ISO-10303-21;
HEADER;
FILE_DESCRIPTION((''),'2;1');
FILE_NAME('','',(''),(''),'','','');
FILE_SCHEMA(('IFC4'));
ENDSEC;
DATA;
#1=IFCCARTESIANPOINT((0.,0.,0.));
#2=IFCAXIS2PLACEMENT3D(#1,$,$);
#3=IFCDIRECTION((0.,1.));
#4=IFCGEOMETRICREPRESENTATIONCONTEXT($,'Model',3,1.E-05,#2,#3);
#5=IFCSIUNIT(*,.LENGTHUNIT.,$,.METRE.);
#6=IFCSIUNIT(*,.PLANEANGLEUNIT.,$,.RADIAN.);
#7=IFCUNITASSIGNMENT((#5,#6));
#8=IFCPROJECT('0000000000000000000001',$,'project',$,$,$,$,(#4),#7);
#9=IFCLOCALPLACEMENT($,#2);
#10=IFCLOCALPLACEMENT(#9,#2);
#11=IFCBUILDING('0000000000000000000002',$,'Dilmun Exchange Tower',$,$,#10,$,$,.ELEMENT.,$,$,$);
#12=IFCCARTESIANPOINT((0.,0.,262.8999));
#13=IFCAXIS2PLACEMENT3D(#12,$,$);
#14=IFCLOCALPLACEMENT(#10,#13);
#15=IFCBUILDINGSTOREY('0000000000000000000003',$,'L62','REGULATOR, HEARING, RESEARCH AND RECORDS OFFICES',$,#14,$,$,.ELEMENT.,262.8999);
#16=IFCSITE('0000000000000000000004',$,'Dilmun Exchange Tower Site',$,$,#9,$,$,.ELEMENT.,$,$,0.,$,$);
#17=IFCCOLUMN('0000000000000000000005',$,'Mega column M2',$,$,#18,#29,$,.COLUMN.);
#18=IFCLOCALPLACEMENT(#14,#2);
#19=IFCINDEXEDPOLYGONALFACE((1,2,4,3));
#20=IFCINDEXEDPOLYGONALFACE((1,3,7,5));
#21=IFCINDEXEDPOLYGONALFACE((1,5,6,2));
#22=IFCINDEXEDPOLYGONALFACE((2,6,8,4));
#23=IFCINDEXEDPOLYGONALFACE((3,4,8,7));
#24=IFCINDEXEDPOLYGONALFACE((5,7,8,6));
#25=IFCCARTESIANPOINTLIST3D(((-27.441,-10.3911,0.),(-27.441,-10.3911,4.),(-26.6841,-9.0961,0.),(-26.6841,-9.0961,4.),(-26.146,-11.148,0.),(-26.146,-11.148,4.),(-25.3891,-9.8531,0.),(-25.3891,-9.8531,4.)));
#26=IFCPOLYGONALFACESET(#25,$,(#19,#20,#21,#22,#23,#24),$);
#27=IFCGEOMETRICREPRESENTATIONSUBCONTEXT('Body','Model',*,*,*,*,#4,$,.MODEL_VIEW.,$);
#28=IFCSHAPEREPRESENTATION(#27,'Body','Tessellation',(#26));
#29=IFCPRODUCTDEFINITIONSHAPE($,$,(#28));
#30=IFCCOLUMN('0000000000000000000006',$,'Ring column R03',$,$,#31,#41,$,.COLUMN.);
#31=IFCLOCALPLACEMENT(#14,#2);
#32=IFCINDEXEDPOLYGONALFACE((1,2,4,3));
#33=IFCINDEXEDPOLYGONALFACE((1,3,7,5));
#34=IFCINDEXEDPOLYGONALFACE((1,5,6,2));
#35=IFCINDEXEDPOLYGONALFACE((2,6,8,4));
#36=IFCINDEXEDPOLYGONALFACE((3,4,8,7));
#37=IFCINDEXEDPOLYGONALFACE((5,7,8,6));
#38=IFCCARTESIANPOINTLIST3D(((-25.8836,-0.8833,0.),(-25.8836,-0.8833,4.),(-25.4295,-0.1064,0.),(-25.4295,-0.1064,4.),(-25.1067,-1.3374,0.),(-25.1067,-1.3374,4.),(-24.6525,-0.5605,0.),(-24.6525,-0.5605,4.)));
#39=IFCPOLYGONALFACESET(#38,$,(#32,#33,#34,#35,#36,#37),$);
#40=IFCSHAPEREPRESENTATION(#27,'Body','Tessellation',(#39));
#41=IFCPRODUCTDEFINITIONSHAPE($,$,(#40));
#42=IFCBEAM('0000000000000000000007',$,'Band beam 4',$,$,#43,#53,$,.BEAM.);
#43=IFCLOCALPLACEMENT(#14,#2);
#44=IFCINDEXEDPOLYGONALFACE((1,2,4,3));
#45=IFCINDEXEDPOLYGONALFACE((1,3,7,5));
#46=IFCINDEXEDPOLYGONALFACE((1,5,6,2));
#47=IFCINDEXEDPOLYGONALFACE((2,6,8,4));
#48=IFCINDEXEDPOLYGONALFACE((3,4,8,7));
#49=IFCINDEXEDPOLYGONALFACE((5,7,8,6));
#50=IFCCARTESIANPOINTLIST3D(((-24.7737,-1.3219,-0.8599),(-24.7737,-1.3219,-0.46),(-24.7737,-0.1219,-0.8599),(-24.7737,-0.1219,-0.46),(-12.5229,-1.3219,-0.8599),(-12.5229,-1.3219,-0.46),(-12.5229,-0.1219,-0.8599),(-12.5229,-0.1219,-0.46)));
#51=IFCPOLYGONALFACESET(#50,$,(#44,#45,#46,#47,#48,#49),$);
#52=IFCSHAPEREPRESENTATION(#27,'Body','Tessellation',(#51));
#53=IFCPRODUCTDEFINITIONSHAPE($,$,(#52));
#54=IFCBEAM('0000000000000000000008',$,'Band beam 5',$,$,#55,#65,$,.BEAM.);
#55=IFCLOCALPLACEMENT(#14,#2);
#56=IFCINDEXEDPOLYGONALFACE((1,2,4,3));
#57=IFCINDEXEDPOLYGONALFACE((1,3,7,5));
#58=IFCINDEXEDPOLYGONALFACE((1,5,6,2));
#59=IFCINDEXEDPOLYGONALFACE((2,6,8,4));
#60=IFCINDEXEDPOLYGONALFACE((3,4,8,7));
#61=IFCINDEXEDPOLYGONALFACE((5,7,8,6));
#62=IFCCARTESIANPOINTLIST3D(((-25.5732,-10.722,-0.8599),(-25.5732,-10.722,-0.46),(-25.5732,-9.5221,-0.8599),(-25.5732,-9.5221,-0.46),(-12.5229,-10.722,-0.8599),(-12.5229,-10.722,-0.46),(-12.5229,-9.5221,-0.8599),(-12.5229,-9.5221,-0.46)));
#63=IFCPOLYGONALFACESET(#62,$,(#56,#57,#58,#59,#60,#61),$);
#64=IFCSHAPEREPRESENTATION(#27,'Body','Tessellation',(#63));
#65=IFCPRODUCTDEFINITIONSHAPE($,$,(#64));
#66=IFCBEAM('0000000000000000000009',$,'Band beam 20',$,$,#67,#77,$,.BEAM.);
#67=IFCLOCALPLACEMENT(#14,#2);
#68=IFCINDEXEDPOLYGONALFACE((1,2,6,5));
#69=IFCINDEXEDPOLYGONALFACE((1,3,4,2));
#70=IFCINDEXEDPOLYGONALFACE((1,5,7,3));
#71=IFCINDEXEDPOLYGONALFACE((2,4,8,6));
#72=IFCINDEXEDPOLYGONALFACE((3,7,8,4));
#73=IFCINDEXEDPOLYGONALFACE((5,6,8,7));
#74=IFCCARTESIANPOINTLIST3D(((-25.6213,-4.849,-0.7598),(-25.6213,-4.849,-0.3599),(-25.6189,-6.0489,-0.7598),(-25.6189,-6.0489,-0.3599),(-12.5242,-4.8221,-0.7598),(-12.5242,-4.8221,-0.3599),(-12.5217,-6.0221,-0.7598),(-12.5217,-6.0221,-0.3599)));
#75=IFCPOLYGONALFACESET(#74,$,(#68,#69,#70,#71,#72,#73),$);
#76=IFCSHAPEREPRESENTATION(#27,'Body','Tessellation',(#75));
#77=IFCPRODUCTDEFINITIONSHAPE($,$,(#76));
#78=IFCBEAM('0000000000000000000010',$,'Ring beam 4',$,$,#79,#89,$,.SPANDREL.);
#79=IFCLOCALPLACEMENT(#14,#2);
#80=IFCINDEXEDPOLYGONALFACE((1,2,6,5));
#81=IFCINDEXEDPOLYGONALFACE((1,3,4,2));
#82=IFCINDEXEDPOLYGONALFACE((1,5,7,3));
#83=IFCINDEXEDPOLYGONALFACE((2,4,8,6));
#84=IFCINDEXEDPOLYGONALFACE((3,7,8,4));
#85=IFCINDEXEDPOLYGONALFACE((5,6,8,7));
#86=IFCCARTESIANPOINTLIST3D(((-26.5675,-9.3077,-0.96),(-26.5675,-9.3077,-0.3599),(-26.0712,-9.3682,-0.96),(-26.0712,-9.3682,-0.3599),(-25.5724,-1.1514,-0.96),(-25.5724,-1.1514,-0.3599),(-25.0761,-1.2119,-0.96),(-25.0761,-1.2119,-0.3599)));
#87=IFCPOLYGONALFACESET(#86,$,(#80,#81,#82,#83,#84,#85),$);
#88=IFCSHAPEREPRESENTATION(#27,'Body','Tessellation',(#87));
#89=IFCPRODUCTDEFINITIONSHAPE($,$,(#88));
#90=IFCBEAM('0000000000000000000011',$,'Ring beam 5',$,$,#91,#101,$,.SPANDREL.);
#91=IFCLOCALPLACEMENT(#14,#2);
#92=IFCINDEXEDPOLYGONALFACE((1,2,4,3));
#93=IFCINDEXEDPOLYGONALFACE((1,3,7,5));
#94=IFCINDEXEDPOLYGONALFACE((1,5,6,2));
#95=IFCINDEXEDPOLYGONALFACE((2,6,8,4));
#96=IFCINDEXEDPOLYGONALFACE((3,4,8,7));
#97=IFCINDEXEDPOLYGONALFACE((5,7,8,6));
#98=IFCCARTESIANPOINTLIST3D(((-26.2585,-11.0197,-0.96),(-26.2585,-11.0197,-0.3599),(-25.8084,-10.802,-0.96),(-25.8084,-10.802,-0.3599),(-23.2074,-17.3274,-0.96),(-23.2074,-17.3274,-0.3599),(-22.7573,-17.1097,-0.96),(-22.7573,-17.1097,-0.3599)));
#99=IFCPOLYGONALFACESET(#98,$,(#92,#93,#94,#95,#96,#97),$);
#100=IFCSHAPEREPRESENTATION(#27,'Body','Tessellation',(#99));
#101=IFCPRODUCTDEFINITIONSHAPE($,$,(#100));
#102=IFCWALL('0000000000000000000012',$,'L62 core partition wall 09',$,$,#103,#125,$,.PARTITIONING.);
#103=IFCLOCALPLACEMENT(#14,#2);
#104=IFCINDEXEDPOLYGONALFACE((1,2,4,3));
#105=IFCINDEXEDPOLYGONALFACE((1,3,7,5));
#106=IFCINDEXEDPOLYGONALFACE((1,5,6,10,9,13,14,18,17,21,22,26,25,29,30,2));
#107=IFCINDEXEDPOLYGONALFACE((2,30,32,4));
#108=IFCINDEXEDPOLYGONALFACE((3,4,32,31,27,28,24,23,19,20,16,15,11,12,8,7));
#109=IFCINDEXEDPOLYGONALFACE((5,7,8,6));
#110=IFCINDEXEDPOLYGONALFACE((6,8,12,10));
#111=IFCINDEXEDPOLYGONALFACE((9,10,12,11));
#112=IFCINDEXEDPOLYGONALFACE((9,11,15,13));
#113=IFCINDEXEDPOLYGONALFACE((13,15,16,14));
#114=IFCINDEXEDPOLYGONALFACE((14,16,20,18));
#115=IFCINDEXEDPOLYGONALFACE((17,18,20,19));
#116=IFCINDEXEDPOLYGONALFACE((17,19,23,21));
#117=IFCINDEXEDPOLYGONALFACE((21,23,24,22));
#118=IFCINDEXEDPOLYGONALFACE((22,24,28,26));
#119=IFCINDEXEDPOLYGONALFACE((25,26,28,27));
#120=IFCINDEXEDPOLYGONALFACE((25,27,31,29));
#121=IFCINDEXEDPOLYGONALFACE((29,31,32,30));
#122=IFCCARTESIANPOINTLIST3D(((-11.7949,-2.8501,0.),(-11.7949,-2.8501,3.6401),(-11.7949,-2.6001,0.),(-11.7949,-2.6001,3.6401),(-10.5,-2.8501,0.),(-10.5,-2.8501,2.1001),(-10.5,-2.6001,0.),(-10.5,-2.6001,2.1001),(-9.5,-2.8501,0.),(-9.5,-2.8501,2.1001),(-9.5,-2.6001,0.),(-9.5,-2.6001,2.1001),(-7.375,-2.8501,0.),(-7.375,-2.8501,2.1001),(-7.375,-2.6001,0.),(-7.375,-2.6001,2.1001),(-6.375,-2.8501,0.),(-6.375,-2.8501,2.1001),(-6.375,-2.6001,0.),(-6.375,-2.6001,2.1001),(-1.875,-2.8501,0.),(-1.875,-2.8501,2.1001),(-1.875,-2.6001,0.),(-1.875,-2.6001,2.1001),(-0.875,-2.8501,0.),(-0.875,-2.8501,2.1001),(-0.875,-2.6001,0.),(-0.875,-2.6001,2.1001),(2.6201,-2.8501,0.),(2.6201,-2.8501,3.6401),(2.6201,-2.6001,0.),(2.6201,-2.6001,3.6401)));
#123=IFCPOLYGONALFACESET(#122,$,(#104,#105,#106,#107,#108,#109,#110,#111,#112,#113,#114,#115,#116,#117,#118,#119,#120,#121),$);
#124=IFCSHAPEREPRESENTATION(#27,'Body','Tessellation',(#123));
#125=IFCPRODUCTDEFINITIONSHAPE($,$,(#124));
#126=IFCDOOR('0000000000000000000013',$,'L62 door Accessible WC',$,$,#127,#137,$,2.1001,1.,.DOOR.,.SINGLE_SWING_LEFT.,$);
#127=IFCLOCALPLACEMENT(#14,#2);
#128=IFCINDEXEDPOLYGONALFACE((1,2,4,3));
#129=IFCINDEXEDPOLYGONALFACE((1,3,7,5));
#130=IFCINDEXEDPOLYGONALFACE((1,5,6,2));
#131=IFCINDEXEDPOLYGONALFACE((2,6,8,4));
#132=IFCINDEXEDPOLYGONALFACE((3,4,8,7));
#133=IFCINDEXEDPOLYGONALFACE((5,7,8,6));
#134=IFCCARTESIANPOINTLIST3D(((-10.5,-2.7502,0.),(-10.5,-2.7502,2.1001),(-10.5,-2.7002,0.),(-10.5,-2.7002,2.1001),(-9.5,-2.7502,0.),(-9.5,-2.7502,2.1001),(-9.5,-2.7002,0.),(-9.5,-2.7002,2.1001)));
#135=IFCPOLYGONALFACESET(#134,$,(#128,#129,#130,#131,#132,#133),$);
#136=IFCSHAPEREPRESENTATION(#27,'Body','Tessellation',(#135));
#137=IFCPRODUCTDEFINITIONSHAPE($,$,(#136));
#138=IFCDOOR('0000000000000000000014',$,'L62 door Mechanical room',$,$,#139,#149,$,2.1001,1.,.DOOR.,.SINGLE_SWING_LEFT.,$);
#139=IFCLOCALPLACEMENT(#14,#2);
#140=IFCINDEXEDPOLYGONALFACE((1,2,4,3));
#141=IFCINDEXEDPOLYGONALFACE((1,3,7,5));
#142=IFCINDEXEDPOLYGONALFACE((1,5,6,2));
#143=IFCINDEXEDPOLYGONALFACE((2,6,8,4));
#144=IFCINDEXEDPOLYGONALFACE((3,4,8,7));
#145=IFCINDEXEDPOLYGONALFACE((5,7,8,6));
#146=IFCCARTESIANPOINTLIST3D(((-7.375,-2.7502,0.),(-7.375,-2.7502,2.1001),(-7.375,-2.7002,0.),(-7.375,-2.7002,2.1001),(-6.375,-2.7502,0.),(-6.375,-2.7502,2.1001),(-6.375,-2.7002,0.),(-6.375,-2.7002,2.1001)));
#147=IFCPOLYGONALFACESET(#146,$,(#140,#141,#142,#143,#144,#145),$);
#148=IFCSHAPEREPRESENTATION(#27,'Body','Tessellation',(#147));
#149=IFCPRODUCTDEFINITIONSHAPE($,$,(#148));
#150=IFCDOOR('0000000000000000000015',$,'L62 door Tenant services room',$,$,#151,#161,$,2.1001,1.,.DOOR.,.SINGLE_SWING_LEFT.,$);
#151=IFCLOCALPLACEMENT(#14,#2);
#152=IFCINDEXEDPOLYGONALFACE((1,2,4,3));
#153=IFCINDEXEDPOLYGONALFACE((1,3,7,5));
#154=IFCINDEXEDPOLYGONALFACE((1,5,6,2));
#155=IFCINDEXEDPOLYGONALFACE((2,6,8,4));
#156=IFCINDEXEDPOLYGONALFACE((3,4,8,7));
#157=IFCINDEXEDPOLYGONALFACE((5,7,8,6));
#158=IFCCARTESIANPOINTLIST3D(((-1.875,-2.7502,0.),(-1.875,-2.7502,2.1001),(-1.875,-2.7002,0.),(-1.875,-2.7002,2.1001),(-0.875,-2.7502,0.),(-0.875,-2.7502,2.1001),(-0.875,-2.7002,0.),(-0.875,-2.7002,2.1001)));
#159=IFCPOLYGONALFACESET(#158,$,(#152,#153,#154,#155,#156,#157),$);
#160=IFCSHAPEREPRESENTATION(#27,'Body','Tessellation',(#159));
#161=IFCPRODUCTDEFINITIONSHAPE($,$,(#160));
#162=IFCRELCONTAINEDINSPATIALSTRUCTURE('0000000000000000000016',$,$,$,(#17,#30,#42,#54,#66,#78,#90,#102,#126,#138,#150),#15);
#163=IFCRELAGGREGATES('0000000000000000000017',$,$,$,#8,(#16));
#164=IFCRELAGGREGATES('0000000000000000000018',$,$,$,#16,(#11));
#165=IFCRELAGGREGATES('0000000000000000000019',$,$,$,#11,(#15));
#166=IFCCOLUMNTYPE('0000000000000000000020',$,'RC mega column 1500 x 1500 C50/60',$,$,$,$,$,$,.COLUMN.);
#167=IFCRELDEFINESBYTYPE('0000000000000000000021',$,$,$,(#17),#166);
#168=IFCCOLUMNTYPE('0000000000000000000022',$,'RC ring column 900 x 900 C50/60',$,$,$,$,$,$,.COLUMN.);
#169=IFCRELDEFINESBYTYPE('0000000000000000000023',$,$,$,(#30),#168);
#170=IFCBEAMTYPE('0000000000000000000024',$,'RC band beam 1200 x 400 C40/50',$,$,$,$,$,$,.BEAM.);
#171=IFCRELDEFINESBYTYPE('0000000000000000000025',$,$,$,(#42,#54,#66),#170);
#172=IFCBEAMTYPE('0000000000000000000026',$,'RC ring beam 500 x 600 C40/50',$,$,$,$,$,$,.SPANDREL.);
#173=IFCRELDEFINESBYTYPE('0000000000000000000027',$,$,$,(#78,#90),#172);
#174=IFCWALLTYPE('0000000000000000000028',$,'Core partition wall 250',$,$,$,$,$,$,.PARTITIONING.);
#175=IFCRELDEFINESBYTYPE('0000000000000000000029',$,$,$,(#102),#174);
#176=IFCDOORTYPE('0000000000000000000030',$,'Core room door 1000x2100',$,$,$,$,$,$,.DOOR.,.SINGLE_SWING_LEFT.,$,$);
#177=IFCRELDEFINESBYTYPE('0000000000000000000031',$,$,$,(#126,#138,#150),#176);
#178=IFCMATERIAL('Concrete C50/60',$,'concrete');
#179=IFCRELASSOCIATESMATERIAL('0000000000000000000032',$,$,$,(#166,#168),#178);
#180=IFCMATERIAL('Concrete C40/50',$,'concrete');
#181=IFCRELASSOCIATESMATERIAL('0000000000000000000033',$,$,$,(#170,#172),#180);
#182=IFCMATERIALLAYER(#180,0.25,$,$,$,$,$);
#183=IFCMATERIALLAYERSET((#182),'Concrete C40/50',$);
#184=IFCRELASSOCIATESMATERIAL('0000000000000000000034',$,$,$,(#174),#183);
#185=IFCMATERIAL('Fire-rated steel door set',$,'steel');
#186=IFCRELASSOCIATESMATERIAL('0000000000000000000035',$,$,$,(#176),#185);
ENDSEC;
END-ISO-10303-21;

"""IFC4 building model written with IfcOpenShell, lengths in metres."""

from ifc_helpers import new_model, si_unit, direction, frame, frame_2d, origin, origin_2d, place, context, subcontext, project, spatial, rectangle, extrude, material, layer, layer_set, material_profile, profile_set, type_object, element, fill, save


model = new_model("IFC4")

# Units and contexts
model_context = context("Model", 3, precision=1e-05, world=origin(), true_north=direction((0.0, 1.0)))
body_context = subcontext(model_context, "Body", "Model", "MODEL_VIEW")
ifc_project = project(units=[si_unit("LENGTHUNIT", "METRE"), si_unit("PLANEANGLEUNIT", "RADIAN")], contexts=[model_context])

# Site, building, storey
site_placement = place(None, origin())
site = spatial("IfcSite", under=ifc_project, at=site_placement, Name="Dilmun Exchange Tower Site", CompositionType="ELEMENT", RefElevation=0.0)
building_placement = place(site_placement, origin())
building = spatial("IfcBuilding", under=site, at=building_placement, Name="Dilmun Exchange Tower", CompositionType="ELEMENT")
storey_placement = place(building_placement, frame((0.0, 0.0, 262.8999)))
storey = spatial("IfcBuildingStorey", under=building, at=storey_placement, Name="L62", Description="REGULATOR, HEARING, RESEARCH AND RECORDS OFFICES", CompositionType="ELEMENT", Elevation=262.8999)

# Columns
ifc_material_1 = material(Name="Concrete C50/60", Category="concrete")
ifc_material_profile_1 = material_profile(ifc_material_1, rectangle(XDim=1.5, YDim=1.5, at=origin_2d()), Name="1500 x 1500")
ifc_profile_set_1 = profile_set([ifc_material_profile_1], Name="Concrete C50/60")
column_type_1 = type_object("IfcColumnType", Name="RC mega column 1500 x 1500 C50/60", PredefinedType="COLUMN", material=ifc_profile_set_1)
column_1_placement = place(storey_placement, frame((-26.415, -10.1221, 0.0), z_axis=(0.0, 0.0, 1.0), x_axis=(0.504644, 0.863328, 0.0)))
element("IfcColumn", 1, at=column_1_placement, inside=storey, type_object=column_type_1, Name="Mega column M2", PredefinedType="COLUMN", context=body_context, shape_type="SweptSolid", body=[
    extrude(rectangle(XDim=1.5, YDim=1.5, at=origin_2d()), origin(), (0.0, 0.0, 1.0), 4.0),
])
ifc_material_profile_2 = material_profile(ifc_material_1, rectangle(XDim=0.8999, YDim=0.8999, at=origin_2d()), Name="900 x 900")
ifc_profile_set_2 = profile_set([ifc_material_profile_2], Name="Concrete C50/60")
column_type_2 = type_object("IfcColumnType", Name="RC ring column 900 x 900 C50/60", PredefinedType="COLUMN", material=ifc_profile_set_2)
column_2_placement = place(storey_placement, frame((-25.2681, -0.7219, 0.0), z_axis=(0.0, 0.0, 1.0), x_axis=(0.504644, 0.863328, 0.0)))
element("IfcColumn", 2, at=column_2_placement, inside=storey, type_object=column_type_2, Name="Ring column R03", PredefinedType="COLUMN", context=body_context, shape_type="SweptSolid", body=[
    extrude(rectangle(XDim=0.8999, YDim=0.8999, at=origin_2d()), origin(), (0.0, 0.0, 1.0), 4.0),
])

# Beams
ifc_material_2 = material(Name="Concrete C40/50", Category="concrete")
ifc_material_profile_3 = material_profile(ifc_material_2, rectangle(XDim=1.2, YDim=0.3999, at=origin_2d()), Name="1200 x 400")
ifc_profile_set_3 = profile_set([ifc_material_profile_3], Name="Concrete C40/50")
beam_type_1 = type_object("IfcBeamType", Name="RC band beam 1200 x 400 C40/50", PredefinedType="BEAM", material=ifc_profile_set_3)
beam_1_placement = place(storey_placement, frame((-24.7737, -0.7219, -0.6599), z_axis=(1.0, 0.0, 0.0), x_axis=(0.0, 1.0, 0.0)))
element("IfcBeam", 3, at=beam_1_placement, inside=storey, type_object=beam_type_1, Name="Band beam 4", PredefinedType="BEAM", context=body_context, shape_type="SweptSolid", body=[
    extrude(rectangle(XDim=1.2, YDim=0.3999, at=origin_2d()), origin(), (0.0, 0.0, 1.0), 12.2507),
])
beam_2_placement = place(storey_placement, frame((-25.5732, -10.1221, -0.6599), z_axis=(1.0, 0.0, 0.0), x_axis=(0.0, 1.0, 0.0)))
element("IfcBeam", 4, at=beam_2_placement, inside=storey, type_object=beam_type_1, Name="Band beam 5", PredefinedType="BEAM", context=body_context, shape_type="SweptSolid", body=[
    extrude(rectangle(XDim=1.2, YDim=0.3999, at=origin_2d()), origin(), (0.0, 0.0, 1.0), 13.0503),
])
beam_3_placement = place(storey_placement, frame((-25.6201, -5.449, -0.5598), z_axis=(0.999998, 0.00205, 0.0), x_axis=(-0.00205, 0.999998, 0.0)))
element("IfcBeam", 5, at=beam_3_placement, inside=storey, type_object=beam_type_1, Name="Band beam 20", PredefinedType="BEAM", context=body_context, shape_type="SweptSolid", body=[
    extrude(rectangle(XDim=1.2, YDim=0.3999, at=origin_2d()), origin(), (0.0, 0.0, 1.0), 13.0972),
])
ifc_material_profile_4 = material_profile(ifc_material_2, rectangle(XDim=0.5, YDim=0.6001, at=origin_2d()), Name="500 x 600")
ifc_profile_set_4 = profile_set([ifc_material_profile_4], Name="Concrete C40/50")
beam_type_2 = type_object("IfcBeamType", Name="RC ring beam 500 x 600 C40/50", PredefinedType="SPANDREL", material=ifc_profile_set_4)
beam_4_placement = place(storey_placement, frame((-25.3242, -1.1816, -0.6599), z_axis=(-0.121109, -0.992639, 0.0), x_axis=(0.992639, -0.121109, 0.0)))
element("IfcBeam", 6, at=beam_4_placement, inside=storey, type_object=beam_type_2, Name="Ring beam 4", PredefinedType="SPANDREL", context=body_context, shape_type="SweptSolid", body=[
    extrude(rectangle(XDim=0.5, YDim=0.6001, at=origin_2d()), origin(), (0.0, 0.0, 1.0), 8.2168),
])
beam_5_placement = place(storey_placement, frame((-26.0334, -10.9109, -0.6599), z_axis=(0.43544, -0.900218, 0.0), x_axis=(0.900218, 0.43544, 0.0)))
element("IfcBeam", 7, at=beam_5_placement, inside=storey, type_object=beam_type_2, Name="Ring beam 5", PredefinedType="SPANDREL", context=body_context, shape_type="SweptSolid", body=[
    extrude(rectangle(XDim=0.5, YDim=0.6001, at=origin_2d()), origin(), (0.0, 0.0, 1.0), 7.0068),
])

# Wall, openings, doors
ifc_layer_1 = layer(ifc_material_2, 0.25)
ifc_layer_set_1 = layer_set([ifc_layer_1], Name="Concrete C40/50")
wall_type_1 = type_object("IfcWallType", Name="Core partition wall 250", PredefinedType="PARTITIONING", material=ifc_layer_set_1)
wall_1_placement = place(storey_placement, frame((-11.7949, -2.7251, 0.0), z_axis=(0.0, 0.0, 1.0), x_axis=(1.0, 0.0, 0.0)))
wall_1 = element("IfcWall", 8, at=wall_1_placement, inside=storey, type_object=wall_type_1, Name="L62 core partition wall 09", PredefinedType="PARTITIONING", context=body_context, shape_type="SweptSolid", body=[
    extrude(rectangle(XDim=14.415, YDim=0.25, at=frame_2d((7.2075, 0.0))), origin(), (0.0, 0.0, 1.0), 3.6401),
])
opening_1_placement = place(wall_1_placement, frame((1.2949, 0.0, 0.0)))
opening_1 = element("IfcOpeningElement", 9, at=opening_1_placement, cuts=wall_1, PredefinedType="OPENING", context=body_context, shape_type="SweptSolid", body=[
    extrude(rectangle(XDim=1.0, YDim=2.1001, at=frame_2d((0.5, 1.05))), frame((0.0, 0.135, 0.0), z_axis=(0.0, -1.0, 0.0), x_axis=(1.0, 0.0, 0.0)), (0.0, 0.0, 1.0), 0.27),
])
opening_2_placement = place(wall_1_placement, frame((4.4199, 0.0, 0.0)))
opening_2 = element("IfcOpeningElement", 10, at=opening_2_placement, cuts=wall_1, PredefinedType="OPENING", context=body_context, shape_type="SweptSolid", body=[
    extrude(rectangle(XDim=1.0, YDim=2.1001, at=frame_2d((0.5, 1.05))), frame((0.0, 0.135, 0.0), z_axis=(0.0, -1.0, 0.0), x_axis=(1.0, 0.0, 0.0)), (0.0, 0.0, 1.0), 0.27),
])
opening_3_placement = place(wall_1_placement, frame((9.9199, 0.0, 0.0)))
opening_3 = element("IfcOpeningElement", 11, at=opening_3_placement, cuts=wall_1, PredefinedType="OPENING", context=body_context, shape_type="SweptSolid", body=[
    extrude(rectangle(XDim=1.0, YDim=2.1001, at=frame_2d((0.5, 1.05))), frame((0.0, 0.135, 0.0), z_axis=(0.0, -1.0, 0.0), x_axis=(1.0, 0.0, 0.0)), (0.0, 0.0, 1.0), 0.27),
])
ifc_material_3 = material(Name="Fire-rated steel door set", Category="steel")
door_type_1 = type_object("IfcDoorType", Name="Core room door 1000x2100", OperationType="SINGLE_SWING_LEFT", PredefinedType="DOOR", material=ifc_material_3)
door_1_placement = place(opening_1_placement, origin())
door_1 = element("IfcDoor", 12, at=door_1_placement, inside=storey, type_object=door_type_1, Name="L62 door Accessible WC", OperationType="SINGLE_SWING_LEFT", OverallHeight=2.1001, OverallWidth=1.0, PredefinedType="DOOR", context=body_context, shape_type="SweptSolid", body=[
    extrude(rectangle(XDim=1.0, YDim=2.1001, at=frame_2d((0.5, 1.05))), frame((0.0, 0.0249, 0.0), z_axis=(0.0, -1.0, 0.0), x_axis=(1.0, 0.0, 0.0)), (0.0, 0.0, 1.0), 0.05),
])
fill(opening_1, door_1)
door_2_placement = place(opening_2_placement, origin())
door_2 = element("IfcDoor", 13, at=door_2_placement, inside=storey, type_object=door_type_1, Name="L62 door Mechanical room", OperationType="SINGLE_SWING_LEFT", OverallHeight=2.1001, OverallWidth=1.0, PredefinedType="DOOR", context=body_context, shape_type="SweptSolid", body=[
    extrude(rectangle(XDim=1.0, YDim=2.1001, at=frame_2d((0.5, 1.05))), frame((0.0, 0.0249, 0.0), z_axis=(0.0, -1.0, 0.0), x_axis=(1.0, 0.0, 0.0)), (0.0, 0.0, 1.0), 0.05),
])
fill(opening_2, door_2)
door_3_placement = place(opening_3_placement, origin())
door_3 = element("IfcDoor", 14, at=door_3_placement, inside=storey, type_object=door_type_1, Name="L62 door Tenant services room", OperationType="SINGLE_SWING_LEFT", OverallHeight=2.1001, OverallWidth=1.0, PredefinedType="DOOR", context=body_context, shape_type="SweptSolid", body=[
    extrude(rectangle(XDim=1.0, YDim=2.1001, at=frame_2d((0.5, 1.05))), frame((0.0, 0.0249, 0.0), z_axis=(0.0, -1.0, 0.0), x_axis=(1.0, 0.0, 0.0)), (0.0, 0.0, 1.0), 0.05),
])
fill(opening_3, door_3)

save(model, "model.ifc")
